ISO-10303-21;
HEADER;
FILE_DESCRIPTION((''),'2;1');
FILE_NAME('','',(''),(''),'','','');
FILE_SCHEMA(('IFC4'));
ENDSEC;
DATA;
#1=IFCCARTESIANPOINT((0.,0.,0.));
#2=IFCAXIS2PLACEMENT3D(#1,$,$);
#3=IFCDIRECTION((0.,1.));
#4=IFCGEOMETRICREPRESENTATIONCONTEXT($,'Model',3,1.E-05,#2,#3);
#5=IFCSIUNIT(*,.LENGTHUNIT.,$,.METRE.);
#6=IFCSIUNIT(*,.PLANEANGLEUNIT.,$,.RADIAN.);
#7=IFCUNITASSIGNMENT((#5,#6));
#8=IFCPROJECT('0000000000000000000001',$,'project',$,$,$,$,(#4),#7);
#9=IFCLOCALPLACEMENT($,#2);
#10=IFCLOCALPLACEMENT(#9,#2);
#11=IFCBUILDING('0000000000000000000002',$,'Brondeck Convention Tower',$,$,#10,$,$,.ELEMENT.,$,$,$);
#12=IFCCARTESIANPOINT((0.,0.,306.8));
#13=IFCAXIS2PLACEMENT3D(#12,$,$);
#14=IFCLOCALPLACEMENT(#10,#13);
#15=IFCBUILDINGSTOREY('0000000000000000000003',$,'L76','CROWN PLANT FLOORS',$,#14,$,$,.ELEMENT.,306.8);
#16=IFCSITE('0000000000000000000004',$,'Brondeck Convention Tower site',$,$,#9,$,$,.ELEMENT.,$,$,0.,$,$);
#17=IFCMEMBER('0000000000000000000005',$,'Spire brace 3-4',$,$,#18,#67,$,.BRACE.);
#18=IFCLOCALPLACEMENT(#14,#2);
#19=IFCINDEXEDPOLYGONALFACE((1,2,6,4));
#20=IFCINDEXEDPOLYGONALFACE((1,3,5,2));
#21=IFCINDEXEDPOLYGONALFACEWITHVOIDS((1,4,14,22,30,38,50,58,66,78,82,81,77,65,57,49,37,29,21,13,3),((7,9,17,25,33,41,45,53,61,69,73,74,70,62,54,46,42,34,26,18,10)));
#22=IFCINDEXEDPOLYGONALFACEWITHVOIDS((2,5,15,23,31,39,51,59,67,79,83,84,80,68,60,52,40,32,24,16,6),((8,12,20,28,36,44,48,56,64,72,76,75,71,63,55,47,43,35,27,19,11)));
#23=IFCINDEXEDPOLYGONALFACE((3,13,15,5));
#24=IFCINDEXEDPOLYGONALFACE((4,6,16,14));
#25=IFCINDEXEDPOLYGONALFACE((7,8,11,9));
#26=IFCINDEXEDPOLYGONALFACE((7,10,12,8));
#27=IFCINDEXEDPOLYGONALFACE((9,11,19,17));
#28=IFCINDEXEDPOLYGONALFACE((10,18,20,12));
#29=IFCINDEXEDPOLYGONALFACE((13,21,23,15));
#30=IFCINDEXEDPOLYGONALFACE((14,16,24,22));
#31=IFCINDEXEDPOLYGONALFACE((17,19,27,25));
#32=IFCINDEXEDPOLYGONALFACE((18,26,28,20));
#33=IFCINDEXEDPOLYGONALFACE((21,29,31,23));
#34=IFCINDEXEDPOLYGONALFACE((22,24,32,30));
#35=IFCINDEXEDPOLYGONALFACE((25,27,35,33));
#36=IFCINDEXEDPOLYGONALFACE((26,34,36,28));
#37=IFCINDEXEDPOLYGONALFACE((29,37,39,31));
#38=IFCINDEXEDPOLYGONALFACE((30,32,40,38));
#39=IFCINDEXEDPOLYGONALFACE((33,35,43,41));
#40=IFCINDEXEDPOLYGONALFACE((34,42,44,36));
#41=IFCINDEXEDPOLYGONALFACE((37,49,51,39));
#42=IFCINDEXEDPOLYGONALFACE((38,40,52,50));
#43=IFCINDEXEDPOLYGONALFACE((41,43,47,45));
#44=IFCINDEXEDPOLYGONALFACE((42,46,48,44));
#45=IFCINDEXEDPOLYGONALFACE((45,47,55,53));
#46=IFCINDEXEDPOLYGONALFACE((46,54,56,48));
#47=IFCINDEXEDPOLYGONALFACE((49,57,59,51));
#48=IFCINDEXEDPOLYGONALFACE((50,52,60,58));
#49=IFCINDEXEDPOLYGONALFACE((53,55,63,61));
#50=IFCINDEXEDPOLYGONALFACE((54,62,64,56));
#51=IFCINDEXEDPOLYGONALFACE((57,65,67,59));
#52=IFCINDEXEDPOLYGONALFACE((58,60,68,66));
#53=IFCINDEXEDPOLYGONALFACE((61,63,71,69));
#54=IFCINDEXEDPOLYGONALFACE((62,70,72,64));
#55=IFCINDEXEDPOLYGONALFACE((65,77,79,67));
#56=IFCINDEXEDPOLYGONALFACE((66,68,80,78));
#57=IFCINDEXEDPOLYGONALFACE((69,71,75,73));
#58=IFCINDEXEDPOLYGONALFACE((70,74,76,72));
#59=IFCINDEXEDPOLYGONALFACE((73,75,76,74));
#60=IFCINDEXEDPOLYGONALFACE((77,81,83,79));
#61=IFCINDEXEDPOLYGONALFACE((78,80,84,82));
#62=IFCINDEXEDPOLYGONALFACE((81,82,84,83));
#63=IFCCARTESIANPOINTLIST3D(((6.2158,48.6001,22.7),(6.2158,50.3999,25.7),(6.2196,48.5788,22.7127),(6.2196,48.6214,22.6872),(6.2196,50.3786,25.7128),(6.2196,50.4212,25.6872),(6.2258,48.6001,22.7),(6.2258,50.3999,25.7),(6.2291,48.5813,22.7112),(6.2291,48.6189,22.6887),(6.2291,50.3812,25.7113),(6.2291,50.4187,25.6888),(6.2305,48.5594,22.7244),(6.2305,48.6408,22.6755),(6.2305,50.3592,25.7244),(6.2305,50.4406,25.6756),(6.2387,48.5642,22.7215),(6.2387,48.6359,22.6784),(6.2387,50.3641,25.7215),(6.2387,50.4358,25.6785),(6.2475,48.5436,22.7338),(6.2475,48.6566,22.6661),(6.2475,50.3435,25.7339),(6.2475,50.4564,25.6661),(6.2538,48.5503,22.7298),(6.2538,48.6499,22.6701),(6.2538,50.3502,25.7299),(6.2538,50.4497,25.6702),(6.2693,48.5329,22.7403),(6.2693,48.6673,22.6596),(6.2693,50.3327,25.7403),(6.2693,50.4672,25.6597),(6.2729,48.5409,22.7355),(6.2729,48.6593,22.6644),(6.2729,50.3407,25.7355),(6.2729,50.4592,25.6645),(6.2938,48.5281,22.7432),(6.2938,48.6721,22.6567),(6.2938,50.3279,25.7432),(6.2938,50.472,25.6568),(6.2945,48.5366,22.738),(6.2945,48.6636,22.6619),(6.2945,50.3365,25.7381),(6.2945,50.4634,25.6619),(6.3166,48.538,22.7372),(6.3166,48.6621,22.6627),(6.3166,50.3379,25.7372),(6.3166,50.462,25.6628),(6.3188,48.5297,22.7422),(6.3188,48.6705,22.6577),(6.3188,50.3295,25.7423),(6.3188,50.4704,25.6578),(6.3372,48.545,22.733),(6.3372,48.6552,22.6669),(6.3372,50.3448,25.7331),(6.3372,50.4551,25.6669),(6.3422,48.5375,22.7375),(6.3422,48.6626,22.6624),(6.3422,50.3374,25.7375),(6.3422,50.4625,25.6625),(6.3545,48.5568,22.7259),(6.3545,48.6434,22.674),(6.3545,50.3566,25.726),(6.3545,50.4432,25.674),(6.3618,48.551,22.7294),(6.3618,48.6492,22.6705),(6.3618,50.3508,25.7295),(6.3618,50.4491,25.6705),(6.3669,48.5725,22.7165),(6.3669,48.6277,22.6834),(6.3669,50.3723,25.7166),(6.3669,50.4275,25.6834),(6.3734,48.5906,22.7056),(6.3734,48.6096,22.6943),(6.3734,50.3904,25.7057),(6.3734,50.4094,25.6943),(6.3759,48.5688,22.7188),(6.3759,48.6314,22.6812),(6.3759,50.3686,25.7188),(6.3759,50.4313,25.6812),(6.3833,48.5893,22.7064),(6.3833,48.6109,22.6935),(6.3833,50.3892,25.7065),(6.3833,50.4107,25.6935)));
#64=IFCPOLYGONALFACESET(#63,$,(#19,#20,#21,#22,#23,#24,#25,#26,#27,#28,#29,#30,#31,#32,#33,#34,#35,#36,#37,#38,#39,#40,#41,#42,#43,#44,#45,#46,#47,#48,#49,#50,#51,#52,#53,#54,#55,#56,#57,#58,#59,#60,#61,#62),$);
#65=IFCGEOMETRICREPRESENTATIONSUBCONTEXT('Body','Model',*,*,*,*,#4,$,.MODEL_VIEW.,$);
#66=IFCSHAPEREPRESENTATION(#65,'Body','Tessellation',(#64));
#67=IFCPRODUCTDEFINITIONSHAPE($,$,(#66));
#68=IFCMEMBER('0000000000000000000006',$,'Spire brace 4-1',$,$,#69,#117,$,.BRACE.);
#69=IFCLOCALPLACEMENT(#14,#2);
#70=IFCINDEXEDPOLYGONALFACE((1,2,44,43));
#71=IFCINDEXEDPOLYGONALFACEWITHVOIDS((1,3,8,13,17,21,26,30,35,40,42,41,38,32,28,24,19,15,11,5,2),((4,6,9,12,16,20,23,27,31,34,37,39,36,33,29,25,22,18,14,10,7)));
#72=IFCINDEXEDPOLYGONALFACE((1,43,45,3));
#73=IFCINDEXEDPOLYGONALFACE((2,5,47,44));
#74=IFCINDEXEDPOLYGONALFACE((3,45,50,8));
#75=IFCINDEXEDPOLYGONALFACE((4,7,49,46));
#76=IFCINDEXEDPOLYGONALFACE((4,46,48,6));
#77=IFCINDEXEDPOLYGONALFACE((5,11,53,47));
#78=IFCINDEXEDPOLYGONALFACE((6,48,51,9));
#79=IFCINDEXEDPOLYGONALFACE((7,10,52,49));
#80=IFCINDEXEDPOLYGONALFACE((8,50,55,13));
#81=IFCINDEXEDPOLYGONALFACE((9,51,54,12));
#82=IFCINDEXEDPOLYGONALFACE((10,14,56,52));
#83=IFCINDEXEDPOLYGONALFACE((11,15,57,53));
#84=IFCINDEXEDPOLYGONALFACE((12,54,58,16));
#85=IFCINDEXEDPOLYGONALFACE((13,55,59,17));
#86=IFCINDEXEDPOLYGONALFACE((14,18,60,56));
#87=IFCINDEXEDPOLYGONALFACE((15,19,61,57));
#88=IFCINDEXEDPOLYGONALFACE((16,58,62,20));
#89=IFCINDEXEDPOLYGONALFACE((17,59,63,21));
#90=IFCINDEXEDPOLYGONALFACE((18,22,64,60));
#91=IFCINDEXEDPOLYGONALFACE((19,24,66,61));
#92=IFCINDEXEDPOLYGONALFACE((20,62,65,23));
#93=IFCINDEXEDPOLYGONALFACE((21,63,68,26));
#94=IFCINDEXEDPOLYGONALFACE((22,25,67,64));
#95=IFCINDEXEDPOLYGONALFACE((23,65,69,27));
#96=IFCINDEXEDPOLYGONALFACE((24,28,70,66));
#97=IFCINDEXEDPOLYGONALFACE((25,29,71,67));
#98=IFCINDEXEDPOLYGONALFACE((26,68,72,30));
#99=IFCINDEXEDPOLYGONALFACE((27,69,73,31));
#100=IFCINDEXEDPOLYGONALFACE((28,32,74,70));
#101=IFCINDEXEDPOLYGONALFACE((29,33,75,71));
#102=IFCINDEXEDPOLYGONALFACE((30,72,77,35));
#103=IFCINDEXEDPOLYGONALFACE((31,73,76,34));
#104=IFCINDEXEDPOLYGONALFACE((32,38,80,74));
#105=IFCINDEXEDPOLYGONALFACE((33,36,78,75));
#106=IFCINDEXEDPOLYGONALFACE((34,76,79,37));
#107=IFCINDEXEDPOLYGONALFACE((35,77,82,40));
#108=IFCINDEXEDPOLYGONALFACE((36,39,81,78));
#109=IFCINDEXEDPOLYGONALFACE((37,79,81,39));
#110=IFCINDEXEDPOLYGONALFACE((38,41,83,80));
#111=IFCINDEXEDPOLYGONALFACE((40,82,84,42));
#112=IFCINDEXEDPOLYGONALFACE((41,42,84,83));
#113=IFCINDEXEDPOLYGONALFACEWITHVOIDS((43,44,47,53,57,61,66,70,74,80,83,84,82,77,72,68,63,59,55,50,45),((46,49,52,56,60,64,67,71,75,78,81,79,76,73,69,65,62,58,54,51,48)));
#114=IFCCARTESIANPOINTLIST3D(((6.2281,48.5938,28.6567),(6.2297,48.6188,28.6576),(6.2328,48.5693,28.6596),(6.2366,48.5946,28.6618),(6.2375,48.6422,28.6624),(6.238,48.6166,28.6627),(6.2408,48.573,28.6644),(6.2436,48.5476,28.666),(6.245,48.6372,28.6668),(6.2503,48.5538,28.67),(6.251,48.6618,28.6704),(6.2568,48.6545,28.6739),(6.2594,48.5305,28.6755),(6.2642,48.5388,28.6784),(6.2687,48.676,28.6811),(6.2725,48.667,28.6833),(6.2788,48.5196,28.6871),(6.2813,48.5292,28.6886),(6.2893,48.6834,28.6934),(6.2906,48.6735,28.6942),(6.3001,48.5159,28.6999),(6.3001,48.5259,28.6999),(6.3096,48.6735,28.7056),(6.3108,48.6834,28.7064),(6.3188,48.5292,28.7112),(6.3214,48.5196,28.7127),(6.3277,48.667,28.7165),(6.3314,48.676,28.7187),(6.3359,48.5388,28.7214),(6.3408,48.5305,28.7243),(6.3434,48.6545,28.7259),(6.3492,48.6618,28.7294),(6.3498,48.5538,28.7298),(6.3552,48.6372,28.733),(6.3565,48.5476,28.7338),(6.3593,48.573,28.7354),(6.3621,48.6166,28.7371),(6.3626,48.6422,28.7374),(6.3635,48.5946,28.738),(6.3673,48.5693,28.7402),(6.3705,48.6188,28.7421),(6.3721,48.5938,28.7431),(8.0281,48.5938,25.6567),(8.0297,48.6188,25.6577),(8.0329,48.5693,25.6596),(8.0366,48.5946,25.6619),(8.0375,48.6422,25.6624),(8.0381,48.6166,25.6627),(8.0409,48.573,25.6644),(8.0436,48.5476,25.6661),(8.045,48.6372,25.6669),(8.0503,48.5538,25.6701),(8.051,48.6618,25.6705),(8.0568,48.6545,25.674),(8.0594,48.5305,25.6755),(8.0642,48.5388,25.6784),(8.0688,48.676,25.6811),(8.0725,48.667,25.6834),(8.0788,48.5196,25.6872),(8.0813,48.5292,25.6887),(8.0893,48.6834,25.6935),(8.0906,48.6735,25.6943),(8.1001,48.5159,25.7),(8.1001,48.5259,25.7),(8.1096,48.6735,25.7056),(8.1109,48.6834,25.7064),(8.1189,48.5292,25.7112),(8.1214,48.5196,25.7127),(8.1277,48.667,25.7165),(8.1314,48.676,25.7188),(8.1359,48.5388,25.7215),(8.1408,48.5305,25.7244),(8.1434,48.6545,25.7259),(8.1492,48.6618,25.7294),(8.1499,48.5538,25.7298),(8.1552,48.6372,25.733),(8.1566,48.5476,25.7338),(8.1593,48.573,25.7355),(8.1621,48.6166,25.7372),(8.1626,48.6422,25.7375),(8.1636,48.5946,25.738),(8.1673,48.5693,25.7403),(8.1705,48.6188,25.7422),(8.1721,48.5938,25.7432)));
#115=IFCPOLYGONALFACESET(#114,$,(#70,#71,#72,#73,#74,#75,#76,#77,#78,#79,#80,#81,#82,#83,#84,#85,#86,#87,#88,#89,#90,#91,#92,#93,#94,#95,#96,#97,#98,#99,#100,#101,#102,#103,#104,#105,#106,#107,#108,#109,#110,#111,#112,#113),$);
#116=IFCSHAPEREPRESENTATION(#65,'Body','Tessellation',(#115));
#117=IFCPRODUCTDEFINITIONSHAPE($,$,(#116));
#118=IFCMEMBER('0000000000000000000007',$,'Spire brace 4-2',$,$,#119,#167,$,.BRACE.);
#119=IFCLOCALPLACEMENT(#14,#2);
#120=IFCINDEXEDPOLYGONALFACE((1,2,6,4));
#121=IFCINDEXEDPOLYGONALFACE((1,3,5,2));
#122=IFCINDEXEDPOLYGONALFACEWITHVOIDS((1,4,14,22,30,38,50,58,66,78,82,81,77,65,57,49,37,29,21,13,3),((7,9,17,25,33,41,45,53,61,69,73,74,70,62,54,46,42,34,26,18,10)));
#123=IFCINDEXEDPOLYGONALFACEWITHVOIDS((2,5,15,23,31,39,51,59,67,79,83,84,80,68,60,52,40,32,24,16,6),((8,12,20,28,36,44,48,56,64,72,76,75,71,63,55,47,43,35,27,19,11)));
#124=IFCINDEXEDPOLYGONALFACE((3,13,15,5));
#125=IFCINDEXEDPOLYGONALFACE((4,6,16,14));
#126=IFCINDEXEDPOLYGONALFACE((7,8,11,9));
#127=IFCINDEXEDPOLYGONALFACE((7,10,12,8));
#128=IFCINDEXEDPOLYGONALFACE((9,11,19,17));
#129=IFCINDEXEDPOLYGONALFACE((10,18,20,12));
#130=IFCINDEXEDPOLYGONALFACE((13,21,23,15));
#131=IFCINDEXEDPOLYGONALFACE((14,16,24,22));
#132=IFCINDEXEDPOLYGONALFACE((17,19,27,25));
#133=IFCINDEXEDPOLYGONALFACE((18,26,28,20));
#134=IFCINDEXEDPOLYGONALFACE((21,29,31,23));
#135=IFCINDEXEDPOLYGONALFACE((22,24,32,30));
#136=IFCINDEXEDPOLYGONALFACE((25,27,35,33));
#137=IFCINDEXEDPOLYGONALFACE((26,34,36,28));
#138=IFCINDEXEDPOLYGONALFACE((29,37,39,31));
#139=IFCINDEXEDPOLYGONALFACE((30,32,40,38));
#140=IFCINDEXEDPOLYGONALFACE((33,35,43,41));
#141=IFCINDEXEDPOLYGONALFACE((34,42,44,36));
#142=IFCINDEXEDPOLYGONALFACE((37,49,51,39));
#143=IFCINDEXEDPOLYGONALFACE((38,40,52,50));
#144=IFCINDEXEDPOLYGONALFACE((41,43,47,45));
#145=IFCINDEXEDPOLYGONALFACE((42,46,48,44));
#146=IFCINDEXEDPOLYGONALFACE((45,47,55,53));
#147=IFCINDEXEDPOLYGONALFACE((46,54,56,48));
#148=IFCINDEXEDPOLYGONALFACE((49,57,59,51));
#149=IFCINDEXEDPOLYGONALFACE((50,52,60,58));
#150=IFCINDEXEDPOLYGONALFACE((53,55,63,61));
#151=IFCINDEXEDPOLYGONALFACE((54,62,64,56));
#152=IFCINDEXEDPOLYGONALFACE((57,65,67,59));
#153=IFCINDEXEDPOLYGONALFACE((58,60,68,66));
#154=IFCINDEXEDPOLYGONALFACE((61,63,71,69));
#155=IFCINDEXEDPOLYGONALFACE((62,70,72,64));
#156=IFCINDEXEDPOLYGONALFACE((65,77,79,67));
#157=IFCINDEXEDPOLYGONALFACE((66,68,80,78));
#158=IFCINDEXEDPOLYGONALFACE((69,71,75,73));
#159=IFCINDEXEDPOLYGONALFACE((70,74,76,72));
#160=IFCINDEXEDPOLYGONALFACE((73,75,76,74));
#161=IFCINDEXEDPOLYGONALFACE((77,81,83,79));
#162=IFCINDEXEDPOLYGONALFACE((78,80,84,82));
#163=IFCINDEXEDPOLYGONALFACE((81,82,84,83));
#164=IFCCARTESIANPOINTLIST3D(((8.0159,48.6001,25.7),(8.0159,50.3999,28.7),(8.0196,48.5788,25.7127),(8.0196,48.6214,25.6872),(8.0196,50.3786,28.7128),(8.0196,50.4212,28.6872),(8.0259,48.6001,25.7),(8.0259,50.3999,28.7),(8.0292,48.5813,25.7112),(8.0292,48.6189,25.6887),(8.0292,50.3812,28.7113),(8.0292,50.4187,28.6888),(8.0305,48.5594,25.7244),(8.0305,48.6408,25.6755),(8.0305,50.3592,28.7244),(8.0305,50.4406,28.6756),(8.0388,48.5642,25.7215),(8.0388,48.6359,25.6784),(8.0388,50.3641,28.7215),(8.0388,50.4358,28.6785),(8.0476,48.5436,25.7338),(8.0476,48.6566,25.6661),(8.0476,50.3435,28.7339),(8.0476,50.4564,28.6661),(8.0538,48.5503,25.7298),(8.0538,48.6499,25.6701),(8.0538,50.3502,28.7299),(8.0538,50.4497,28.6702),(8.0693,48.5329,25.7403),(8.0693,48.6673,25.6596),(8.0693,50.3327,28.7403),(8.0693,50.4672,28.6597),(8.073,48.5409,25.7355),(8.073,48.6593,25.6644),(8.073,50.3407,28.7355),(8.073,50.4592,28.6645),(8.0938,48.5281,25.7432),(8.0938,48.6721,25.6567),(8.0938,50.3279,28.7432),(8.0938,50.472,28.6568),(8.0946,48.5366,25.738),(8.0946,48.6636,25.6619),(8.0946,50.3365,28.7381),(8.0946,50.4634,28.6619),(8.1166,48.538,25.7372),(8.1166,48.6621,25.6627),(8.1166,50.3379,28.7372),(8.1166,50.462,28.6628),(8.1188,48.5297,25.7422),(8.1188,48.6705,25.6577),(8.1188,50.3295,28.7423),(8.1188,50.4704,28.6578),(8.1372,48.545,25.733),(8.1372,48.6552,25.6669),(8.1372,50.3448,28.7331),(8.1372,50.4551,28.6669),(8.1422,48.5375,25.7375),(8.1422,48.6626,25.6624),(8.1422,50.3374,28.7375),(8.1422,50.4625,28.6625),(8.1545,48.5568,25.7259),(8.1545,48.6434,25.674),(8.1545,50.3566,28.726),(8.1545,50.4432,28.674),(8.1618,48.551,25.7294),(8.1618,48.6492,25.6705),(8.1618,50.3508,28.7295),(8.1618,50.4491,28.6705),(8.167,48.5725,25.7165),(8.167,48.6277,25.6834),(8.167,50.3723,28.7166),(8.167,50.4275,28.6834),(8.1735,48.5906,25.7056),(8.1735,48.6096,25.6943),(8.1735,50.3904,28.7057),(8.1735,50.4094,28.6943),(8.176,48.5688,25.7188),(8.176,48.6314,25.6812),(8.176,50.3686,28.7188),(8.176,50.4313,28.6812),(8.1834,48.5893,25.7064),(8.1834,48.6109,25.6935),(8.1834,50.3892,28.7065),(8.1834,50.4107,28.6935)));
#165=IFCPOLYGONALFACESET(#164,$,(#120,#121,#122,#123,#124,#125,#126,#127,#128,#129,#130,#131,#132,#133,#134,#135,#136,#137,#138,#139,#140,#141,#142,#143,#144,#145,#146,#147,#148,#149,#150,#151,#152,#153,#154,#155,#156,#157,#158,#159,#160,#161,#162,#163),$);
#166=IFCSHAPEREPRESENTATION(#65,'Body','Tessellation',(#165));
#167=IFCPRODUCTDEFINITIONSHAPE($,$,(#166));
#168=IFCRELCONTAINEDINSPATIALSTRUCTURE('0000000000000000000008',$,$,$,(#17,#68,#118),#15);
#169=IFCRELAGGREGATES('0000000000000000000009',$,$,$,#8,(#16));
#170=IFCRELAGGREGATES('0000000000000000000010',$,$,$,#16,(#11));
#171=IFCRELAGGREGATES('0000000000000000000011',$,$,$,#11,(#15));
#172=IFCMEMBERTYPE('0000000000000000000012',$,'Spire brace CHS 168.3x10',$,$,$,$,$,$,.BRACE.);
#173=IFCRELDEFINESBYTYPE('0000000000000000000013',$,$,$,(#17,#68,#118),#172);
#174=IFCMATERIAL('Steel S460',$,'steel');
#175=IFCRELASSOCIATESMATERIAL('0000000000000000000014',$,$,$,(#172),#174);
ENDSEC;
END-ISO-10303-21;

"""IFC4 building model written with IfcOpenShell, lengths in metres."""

from ifc_helpers import new_model, si_unit, direction, frame, origin, origin_2d, place, context, subcontext, project, spatial, hollow_circle, extrude, material, material_profile, profile_set, type_object, element, save


model = new_model("IFC4")

# Units and contexts
model_context = context("Model", 3, precision=1e-05, world=origin(), true_north=direction((0.0, 1.0)))
body_context = subcontext(model_context, "Body", "Model", "MODEL_VIEW")
ifc_project = project(units=[si_unit("LENGTHUNIT", "METRE"), si_unit("PLANEANGLEUNIT", "RADIAN")], contexts=[model_context])

# Site, building, storey
site_placement = place(None, origin())
site = spatial("IfcSite", under=ifc_project, at=site_placement, Name="Brondeck Convention Tower site", CompositionType="ELEMENT", RefElevation=0.0)
building_placement = place(site_placement, origin())
building = spatial("IfcBuilding", under=site, at=building_placement, Name="Brondeck Convention Tower", CompositionType="ELEMENT")
storey_placement = place(building_placement, frame((0.0, 0.0, 306.8)))
storey = spatial("IfcBuildingStorey", under=building, at=storey_placement, Name="L76", Description="CROWN PLANT FLOORS", CompositionType="ELEMENT", Elevation=306.8)

# Members
ifc_material_1 = material(Name="Steel S460", Category="steel")
ifc_material_profile_1 = material_profile(ifc_material_1, hollow_circle(Radius=0.0842, WallThickness=0.01, at=origin_2d()), Name="CHS 168.3x10")
ifc_profile_set_1 = profile_set([ifc_material_profile_1], Name="Steel S460")
member_type_1 = type_object("IfcMemberType", Name="Spire brace CHS 168.3x10", PredefinedType="BRACE", material=ifc_profile_set_1)
for number, where, z_axis, x_axis, name in (
    (1, (6.3, 48.6001, 22.7), (0.0, 0.514455, 0.857518), (-1.0, 0.0, 0.0), "Spire brace 3-4"),
    (2, (8.1001, 48.6001, 25.7), (-0.514506, 0.0, 0.857487), (0.0, -1.0, 0.0), "Spire brace 4-1"),
    (3, (8.1001, 48.6001, 25.7), (0.0, 0.514455, 0.857518), (-1.0, 0.0, 0.0), "Spire brace 4-2"),
):
    element("IfcMember", number, at=place(storey_placement, frame(where, z_axis=z_axis, x_axis=x_axis)), inside=storey, type_object=member_type_1, Name=name, PredefinedType="BRACE", context=body_context, shape_type="SweptSolid", body=[
        extrude(hollow_circle(Radius=0.0842, WallThickness=0.01, at=origin_2d()), origin(), (0.0, 0.0, 1.0), 3.4985),
    ])

save(model, "model.ifc")
